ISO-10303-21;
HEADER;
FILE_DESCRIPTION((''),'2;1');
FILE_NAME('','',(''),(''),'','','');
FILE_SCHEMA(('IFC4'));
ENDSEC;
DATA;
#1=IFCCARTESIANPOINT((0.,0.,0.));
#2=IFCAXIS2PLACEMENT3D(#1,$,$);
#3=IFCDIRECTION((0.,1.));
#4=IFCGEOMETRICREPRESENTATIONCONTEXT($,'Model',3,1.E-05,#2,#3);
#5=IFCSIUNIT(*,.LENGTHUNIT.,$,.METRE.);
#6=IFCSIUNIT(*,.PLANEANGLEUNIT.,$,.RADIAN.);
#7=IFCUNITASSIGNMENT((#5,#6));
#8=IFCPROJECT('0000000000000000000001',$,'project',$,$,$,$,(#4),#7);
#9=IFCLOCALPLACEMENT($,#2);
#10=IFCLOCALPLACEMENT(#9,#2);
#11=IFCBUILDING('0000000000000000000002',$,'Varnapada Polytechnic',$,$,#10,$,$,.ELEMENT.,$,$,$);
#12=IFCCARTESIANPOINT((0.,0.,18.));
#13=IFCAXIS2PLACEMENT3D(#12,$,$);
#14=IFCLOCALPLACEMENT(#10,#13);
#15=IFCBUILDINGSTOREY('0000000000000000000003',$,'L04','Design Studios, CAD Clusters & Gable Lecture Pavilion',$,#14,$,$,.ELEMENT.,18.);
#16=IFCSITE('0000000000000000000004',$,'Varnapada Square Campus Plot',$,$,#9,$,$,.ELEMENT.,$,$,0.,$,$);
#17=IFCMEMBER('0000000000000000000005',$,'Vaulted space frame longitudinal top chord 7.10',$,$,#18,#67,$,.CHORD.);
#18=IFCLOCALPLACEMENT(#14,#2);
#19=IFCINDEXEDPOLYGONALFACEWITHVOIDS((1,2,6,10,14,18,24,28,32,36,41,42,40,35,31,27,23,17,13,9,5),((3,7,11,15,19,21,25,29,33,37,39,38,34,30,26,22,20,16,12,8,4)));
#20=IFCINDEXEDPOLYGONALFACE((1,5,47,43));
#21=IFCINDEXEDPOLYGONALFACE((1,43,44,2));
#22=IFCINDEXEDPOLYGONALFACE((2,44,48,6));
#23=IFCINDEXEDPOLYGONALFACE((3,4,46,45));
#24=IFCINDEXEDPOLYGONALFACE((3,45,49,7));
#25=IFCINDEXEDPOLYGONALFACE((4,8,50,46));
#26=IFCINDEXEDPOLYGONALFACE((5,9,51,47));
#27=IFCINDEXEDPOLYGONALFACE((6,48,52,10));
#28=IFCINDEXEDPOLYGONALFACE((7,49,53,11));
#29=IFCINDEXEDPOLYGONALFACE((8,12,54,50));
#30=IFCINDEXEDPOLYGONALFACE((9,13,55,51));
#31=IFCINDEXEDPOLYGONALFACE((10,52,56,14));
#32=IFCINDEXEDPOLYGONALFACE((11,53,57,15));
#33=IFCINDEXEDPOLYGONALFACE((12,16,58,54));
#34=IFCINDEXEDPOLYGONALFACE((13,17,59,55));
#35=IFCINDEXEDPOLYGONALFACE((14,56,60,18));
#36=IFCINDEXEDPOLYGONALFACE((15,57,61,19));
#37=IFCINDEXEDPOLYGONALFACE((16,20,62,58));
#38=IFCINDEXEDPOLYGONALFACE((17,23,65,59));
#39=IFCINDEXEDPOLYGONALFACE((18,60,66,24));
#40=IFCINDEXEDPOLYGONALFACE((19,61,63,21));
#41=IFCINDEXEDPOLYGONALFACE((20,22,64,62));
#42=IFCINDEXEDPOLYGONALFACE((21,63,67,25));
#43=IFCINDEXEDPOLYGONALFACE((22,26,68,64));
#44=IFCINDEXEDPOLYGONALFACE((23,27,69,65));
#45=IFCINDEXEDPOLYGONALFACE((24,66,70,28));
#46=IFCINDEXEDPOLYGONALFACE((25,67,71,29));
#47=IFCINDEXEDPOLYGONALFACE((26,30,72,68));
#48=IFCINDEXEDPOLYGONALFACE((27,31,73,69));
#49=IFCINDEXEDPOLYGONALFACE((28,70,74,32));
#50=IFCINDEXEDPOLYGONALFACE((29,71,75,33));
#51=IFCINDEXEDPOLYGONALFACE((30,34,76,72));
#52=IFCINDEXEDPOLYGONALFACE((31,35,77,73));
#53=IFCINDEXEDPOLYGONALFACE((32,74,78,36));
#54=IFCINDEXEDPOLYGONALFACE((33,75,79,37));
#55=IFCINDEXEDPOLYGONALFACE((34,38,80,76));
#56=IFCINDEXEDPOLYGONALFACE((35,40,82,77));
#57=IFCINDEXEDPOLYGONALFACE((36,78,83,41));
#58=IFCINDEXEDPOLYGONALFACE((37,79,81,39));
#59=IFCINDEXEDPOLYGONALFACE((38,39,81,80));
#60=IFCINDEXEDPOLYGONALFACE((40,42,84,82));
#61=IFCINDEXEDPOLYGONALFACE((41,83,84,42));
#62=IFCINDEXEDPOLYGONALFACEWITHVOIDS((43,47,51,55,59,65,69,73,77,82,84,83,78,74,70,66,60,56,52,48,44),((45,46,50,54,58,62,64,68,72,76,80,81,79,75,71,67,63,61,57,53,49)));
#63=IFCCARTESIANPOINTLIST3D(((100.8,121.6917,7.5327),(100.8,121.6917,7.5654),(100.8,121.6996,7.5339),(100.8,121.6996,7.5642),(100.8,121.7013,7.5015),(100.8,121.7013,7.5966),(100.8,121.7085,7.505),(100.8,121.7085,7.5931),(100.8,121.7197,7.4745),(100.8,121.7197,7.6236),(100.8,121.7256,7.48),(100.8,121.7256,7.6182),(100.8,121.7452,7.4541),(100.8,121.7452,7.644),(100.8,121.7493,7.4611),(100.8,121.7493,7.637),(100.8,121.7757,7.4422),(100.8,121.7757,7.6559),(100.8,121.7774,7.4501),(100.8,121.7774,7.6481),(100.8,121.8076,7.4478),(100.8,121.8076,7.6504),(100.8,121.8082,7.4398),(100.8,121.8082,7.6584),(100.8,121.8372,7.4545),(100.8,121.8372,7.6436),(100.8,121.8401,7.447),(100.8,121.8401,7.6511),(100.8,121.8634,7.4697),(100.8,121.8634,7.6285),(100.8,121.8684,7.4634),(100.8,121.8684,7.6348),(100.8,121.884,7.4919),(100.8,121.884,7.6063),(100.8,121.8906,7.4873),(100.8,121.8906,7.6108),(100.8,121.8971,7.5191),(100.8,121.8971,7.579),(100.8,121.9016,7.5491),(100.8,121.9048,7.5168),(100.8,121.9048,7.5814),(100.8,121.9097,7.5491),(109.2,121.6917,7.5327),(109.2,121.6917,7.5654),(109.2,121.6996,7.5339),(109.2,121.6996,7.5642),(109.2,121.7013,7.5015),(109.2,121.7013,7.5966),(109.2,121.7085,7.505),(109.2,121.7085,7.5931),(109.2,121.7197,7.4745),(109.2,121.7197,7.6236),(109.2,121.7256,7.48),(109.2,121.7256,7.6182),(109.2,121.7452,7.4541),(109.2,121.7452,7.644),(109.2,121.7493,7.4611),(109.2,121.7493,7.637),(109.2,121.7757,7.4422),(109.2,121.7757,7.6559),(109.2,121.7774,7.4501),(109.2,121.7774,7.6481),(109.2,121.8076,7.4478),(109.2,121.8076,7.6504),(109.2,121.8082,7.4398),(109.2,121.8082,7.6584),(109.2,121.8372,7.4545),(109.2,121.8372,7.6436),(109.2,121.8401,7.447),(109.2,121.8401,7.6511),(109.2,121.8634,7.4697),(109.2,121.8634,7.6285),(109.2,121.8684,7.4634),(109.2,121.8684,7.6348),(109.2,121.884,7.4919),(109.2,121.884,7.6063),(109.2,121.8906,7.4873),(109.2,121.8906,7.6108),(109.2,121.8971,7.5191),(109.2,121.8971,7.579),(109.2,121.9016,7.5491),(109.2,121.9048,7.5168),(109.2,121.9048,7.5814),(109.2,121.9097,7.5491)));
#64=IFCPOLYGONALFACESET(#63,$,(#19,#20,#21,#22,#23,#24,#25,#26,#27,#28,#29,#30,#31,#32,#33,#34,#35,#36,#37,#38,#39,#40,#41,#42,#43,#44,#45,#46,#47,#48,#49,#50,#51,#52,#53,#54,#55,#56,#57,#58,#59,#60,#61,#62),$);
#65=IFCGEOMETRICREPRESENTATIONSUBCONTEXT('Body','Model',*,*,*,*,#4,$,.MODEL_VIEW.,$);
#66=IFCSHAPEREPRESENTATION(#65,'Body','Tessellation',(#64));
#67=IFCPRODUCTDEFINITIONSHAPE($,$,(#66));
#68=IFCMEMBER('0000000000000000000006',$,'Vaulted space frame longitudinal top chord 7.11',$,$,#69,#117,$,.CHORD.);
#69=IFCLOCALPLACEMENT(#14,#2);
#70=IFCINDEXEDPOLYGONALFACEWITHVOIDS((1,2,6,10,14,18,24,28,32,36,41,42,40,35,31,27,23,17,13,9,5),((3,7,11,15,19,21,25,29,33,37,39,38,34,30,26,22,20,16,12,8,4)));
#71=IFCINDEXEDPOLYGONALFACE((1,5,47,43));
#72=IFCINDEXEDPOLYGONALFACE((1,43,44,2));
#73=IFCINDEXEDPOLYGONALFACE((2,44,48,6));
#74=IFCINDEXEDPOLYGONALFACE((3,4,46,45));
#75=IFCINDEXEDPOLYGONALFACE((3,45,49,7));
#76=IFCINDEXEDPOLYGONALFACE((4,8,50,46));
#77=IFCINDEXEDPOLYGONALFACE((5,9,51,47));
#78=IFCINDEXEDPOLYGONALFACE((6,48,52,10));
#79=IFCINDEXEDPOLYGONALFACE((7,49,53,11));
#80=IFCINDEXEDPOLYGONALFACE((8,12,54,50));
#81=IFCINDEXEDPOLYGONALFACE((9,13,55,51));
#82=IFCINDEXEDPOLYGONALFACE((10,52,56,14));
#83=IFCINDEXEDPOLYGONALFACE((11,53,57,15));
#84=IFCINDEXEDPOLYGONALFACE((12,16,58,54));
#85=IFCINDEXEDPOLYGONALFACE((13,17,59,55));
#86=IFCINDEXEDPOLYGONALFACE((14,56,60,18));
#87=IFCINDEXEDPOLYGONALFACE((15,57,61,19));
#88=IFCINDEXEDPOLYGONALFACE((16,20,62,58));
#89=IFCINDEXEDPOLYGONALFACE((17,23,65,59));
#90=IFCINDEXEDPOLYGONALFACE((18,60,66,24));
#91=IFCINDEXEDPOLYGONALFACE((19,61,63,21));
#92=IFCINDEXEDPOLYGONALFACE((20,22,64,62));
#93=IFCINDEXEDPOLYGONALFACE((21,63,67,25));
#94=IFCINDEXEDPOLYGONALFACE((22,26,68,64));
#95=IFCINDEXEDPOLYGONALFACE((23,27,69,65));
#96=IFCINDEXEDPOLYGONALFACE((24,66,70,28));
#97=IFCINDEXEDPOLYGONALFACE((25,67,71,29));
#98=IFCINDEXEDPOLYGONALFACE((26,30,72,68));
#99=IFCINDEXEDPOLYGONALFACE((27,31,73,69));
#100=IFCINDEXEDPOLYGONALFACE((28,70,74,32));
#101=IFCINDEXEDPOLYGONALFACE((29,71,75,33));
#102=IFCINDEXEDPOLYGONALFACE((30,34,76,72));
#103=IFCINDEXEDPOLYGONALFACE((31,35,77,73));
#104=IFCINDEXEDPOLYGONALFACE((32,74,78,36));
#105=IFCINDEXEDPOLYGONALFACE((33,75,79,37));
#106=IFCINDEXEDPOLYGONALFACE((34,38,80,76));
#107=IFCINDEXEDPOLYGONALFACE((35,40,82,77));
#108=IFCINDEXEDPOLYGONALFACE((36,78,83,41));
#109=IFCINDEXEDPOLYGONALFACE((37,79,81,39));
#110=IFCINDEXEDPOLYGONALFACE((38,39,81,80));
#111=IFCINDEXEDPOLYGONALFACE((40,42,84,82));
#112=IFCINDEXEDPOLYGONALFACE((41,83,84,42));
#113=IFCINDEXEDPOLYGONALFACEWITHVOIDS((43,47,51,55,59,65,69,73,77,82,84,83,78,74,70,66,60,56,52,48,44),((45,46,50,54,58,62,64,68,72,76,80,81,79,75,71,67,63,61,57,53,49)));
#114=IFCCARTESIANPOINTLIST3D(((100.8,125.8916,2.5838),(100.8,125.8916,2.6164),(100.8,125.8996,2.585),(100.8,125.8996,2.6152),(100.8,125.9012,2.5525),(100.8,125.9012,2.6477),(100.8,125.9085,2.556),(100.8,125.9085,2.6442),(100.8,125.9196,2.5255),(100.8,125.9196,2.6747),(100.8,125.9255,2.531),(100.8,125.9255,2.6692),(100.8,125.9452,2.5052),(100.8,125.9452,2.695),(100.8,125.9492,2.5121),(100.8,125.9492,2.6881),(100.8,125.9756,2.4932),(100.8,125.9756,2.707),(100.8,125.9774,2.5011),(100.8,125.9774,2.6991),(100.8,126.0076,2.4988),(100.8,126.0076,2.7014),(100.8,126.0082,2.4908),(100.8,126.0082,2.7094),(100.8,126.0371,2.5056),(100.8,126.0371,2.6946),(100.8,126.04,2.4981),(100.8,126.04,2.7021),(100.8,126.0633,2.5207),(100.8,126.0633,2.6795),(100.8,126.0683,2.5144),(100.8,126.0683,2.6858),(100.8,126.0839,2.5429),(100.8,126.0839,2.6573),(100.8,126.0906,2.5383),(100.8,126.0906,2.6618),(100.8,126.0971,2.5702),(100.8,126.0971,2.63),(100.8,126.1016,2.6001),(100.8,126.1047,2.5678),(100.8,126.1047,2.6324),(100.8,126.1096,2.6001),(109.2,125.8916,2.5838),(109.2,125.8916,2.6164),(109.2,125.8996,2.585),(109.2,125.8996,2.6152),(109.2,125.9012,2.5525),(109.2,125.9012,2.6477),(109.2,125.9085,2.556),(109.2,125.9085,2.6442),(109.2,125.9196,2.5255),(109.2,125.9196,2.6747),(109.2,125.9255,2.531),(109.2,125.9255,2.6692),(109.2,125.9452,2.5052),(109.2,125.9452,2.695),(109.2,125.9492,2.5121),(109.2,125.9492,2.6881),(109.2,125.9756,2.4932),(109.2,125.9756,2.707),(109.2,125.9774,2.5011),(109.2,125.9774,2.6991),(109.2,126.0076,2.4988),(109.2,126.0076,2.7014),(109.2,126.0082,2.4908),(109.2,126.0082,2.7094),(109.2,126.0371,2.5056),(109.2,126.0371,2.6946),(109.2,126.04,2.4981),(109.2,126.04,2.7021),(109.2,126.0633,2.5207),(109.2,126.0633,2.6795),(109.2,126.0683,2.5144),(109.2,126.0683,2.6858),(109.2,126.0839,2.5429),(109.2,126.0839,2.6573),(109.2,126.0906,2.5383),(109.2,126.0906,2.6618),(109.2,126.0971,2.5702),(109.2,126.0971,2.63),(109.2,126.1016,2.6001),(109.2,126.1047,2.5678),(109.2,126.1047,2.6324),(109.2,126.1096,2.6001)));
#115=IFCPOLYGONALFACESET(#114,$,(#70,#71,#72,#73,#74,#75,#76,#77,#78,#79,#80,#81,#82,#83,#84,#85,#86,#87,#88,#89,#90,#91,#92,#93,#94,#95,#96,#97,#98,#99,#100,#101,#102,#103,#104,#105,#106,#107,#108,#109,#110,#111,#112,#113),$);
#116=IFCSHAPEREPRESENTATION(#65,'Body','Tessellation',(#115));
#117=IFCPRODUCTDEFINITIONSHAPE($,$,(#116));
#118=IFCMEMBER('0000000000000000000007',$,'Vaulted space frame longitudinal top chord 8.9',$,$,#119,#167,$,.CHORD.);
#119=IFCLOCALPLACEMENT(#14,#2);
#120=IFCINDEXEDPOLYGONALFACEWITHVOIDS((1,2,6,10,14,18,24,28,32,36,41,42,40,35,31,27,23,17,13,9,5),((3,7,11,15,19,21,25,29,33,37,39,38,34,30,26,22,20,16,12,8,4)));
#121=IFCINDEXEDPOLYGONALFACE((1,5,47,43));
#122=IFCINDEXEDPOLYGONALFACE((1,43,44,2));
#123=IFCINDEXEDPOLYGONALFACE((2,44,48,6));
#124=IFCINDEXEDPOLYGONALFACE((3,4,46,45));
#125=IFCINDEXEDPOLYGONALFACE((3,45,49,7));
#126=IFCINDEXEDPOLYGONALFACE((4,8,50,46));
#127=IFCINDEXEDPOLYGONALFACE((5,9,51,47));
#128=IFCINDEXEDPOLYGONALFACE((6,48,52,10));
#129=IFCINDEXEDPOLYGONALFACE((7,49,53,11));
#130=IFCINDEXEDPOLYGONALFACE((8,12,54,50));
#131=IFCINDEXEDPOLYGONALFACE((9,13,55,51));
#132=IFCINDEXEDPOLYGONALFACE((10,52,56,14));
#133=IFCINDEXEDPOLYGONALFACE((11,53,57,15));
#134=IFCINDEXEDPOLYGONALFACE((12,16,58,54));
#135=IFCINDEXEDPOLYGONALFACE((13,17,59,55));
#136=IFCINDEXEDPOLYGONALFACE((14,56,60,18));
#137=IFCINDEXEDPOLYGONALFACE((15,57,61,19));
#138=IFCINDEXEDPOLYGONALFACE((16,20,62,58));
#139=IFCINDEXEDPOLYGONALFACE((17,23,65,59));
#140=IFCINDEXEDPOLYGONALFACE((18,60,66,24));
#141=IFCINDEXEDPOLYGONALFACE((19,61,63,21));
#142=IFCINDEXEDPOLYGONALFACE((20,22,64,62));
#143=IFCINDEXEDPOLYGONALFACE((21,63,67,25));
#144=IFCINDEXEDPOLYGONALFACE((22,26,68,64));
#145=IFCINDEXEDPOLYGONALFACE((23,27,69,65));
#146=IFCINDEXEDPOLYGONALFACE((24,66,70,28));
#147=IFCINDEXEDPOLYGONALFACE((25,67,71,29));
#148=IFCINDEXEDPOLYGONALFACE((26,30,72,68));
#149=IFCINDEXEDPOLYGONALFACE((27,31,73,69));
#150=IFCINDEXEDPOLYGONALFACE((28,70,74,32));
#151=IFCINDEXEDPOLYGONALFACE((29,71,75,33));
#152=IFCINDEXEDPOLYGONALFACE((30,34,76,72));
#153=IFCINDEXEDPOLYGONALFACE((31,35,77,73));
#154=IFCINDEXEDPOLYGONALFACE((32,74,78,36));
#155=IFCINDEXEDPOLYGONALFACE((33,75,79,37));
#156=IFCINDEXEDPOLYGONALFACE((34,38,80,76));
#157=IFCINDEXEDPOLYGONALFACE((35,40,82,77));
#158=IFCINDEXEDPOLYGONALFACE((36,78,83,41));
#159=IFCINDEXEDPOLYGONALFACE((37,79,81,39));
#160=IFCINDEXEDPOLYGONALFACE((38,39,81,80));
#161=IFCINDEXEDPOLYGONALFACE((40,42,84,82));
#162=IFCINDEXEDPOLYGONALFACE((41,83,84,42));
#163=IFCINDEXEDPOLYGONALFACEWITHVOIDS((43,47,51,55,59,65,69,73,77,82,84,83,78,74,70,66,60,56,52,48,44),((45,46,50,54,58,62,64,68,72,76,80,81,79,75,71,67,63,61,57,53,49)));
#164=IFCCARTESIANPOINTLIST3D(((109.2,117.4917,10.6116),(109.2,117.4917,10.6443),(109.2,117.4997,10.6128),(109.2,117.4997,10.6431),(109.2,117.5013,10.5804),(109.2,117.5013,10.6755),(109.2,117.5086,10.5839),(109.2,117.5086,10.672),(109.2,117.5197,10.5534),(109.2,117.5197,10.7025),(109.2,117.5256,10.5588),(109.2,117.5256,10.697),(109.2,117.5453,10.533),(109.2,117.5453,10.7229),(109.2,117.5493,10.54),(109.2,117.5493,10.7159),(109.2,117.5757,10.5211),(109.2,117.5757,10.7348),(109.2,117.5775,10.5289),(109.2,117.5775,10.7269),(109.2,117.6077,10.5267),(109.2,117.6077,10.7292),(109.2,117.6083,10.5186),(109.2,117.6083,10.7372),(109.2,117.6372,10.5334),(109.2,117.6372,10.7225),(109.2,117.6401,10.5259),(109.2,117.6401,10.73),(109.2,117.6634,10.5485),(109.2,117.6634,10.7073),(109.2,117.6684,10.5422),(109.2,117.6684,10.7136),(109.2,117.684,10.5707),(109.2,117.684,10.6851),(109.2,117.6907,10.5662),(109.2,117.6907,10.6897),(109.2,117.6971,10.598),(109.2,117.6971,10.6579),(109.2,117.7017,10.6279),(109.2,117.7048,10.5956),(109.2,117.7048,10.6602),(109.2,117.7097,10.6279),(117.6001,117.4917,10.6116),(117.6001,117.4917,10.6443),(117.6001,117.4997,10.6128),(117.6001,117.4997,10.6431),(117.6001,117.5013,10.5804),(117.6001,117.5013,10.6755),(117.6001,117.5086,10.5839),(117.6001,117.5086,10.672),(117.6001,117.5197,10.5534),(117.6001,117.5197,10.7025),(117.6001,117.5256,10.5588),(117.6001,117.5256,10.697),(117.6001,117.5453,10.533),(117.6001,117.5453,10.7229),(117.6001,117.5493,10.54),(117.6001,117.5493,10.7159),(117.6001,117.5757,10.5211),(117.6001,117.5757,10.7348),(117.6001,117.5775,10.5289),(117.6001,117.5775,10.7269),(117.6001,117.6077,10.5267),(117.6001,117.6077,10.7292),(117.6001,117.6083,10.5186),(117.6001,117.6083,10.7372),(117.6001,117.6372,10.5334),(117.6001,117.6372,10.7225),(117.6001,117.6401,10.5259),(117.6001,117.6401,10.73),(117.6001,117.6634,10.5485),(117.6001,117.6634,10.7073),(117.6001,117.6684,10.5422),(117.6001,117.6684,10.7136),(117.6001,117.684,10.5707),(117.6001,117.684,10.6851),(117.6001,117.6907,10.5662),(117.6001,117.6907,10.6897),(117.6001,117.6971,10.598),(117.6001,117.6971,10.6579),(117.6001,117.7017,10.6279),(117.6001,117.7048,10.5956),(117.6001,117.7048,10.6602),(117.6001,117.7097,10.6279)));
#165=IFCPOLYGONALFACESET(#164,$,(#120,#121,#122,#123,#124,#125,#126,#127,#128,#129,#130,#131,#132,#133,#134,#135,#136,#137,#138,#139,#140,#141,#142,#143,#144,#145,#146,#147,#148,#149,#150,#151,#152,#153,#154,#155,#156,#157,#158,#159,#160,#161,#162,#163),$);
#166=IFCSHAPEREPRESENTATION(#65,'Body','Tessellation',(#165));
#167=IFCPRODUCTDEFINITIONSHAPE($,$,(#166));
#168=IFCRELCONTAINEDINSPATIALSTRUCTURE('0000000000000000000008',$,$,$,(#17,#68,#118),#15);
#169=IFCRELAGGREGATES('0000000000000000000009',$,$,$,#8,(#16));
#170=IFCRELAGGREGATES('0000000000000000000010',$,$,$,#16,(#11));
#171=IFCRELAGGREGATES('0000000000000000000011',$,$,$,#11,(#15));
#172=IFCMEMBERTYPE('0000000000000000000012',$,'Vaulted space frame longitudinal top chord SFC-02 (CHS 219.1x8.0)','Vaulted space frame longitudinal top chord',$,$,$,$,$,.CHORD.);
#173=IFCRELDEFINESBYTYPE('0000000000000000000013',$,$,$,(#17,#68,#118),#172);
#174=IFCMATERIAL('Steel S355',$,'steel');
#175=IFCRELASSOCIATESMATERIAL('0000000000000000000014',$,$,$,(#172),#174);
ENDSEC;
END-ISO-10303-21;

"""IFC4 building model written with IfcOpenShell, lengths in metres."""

from ifc_helpers import new_model, si_unit, direction, frame, origin, origin_2d, place, context, subcontext, project, spatial, hollow_circle, extrude, material, material_profile, profile_set, type_object, element, save


model = new_model("IFC4")

# Units and contexts
model_context = context("Model", 3, precision=1e-05, world=origin(), true_north=direction((0.0, 1.0)))
body_context = subcontext(model_context, "Body", "Model", "MODEL_VIEW")
ifc_project = project(units=[si_unit("LENGTHUNIT", "METRE"), si_unit("PLANEANGLEUNIT", "RADIAN")], contexts=[model_context])

# Site, building, storey
site_placement = place(None, origin())
site = spatial("IfcSite", under=ifc_project, at=site_placement, Name="Varnapada Square Campus Plot", CompositionType="ELEMENT", RefElevation=0.0)
building_placement = place(site_placement, origin())
building = spatial("IfcBuilding", under=site, at=building_placement, Name="Varnapada Polytechnic", CompositionType="ELEMENT")
storey_placement = place(building_placement, frame((0.0, 0.0, 18.0)))
storey = spatial("IfcBuildingStorey", under=building, at=storey_placement, Name="L04", Description="Design Studios, CAD Clusters & Gable Lecture Pavilion", CompositionType="ELEMENT", Elevation=18.0)

# Shared definitions
ifc_material = material(Name="Steel S355", Category="steel")

# Members
ifc_material_profile_1 = material_profile(ifc_material, hollow_circle(Radius=0.1096, WallThickness=0.0081, at=origin_2d()), Name="CHS 219.1x8.0")
ifc_profile_set_1 = profile_set([ifc_material_profile_1], Name="Steel S355")
member_type_1 = type_object("IfcMemberType", Name="Vaulted space frame longitudinal top chord SFC-02 (CHS 219.1x8.0)", Description="Vaulted space frame longitudinal top chord", PredefinedType="CHORD", material=ifc_profile_set_1)
for number, where, z_axis, x_axis, name in (
    (1, (100.8, 121.8, 7.5491), (1.0, 0.0, 0.0), (0.0, 1.0, 0.0), "Vaulted space frame longitudinal top chord 7.10"),
    (2, (100.8, 126.0, 2.6001), (1.0, 0.0, 0.0), (0.0, 1.0, 0.0), "Vaulted space frame longitudinal top chord 7.11"),
):
    element("IfcMember", number, at=place(storey_placement, frame(where, z_axis=z_axis, x_axis=x_axis)), inside=storey, type_object=member_type_1, Name=name, PredefinedType="CHORD", context=body_context, shape_type="SweptSolid", body=[
        extrude(hollow_circle(Radius=0.1096, WallThickness=0.0081, at=origin_2d()), origin(), (0.0, 0.0, 1.0), 8.3999),
    ])
member_1_placement = place(storey_placement, frame((109.2, 117.6001, 10.6279), z_axis=(1.0, 0.0, 0.0), x_axis=(0.0, 1.0, 0.0)))
element("IfcMember", 3, at=member_1_placement, inside=storey, type_object=member_type_1, Name="Vaulted space frame longitudinal top chord 8.9", PredefinedType="CHORD", context=body_context, shape_type="SweptSolid", body=[
    extrude(hollow_circle(Radius=0.1096, WallThickness=0.0081, at=origin_2d()), origin(), (0.0, 0.0, 1.0), 8.4001),
])

save(model, "model.ifc")
